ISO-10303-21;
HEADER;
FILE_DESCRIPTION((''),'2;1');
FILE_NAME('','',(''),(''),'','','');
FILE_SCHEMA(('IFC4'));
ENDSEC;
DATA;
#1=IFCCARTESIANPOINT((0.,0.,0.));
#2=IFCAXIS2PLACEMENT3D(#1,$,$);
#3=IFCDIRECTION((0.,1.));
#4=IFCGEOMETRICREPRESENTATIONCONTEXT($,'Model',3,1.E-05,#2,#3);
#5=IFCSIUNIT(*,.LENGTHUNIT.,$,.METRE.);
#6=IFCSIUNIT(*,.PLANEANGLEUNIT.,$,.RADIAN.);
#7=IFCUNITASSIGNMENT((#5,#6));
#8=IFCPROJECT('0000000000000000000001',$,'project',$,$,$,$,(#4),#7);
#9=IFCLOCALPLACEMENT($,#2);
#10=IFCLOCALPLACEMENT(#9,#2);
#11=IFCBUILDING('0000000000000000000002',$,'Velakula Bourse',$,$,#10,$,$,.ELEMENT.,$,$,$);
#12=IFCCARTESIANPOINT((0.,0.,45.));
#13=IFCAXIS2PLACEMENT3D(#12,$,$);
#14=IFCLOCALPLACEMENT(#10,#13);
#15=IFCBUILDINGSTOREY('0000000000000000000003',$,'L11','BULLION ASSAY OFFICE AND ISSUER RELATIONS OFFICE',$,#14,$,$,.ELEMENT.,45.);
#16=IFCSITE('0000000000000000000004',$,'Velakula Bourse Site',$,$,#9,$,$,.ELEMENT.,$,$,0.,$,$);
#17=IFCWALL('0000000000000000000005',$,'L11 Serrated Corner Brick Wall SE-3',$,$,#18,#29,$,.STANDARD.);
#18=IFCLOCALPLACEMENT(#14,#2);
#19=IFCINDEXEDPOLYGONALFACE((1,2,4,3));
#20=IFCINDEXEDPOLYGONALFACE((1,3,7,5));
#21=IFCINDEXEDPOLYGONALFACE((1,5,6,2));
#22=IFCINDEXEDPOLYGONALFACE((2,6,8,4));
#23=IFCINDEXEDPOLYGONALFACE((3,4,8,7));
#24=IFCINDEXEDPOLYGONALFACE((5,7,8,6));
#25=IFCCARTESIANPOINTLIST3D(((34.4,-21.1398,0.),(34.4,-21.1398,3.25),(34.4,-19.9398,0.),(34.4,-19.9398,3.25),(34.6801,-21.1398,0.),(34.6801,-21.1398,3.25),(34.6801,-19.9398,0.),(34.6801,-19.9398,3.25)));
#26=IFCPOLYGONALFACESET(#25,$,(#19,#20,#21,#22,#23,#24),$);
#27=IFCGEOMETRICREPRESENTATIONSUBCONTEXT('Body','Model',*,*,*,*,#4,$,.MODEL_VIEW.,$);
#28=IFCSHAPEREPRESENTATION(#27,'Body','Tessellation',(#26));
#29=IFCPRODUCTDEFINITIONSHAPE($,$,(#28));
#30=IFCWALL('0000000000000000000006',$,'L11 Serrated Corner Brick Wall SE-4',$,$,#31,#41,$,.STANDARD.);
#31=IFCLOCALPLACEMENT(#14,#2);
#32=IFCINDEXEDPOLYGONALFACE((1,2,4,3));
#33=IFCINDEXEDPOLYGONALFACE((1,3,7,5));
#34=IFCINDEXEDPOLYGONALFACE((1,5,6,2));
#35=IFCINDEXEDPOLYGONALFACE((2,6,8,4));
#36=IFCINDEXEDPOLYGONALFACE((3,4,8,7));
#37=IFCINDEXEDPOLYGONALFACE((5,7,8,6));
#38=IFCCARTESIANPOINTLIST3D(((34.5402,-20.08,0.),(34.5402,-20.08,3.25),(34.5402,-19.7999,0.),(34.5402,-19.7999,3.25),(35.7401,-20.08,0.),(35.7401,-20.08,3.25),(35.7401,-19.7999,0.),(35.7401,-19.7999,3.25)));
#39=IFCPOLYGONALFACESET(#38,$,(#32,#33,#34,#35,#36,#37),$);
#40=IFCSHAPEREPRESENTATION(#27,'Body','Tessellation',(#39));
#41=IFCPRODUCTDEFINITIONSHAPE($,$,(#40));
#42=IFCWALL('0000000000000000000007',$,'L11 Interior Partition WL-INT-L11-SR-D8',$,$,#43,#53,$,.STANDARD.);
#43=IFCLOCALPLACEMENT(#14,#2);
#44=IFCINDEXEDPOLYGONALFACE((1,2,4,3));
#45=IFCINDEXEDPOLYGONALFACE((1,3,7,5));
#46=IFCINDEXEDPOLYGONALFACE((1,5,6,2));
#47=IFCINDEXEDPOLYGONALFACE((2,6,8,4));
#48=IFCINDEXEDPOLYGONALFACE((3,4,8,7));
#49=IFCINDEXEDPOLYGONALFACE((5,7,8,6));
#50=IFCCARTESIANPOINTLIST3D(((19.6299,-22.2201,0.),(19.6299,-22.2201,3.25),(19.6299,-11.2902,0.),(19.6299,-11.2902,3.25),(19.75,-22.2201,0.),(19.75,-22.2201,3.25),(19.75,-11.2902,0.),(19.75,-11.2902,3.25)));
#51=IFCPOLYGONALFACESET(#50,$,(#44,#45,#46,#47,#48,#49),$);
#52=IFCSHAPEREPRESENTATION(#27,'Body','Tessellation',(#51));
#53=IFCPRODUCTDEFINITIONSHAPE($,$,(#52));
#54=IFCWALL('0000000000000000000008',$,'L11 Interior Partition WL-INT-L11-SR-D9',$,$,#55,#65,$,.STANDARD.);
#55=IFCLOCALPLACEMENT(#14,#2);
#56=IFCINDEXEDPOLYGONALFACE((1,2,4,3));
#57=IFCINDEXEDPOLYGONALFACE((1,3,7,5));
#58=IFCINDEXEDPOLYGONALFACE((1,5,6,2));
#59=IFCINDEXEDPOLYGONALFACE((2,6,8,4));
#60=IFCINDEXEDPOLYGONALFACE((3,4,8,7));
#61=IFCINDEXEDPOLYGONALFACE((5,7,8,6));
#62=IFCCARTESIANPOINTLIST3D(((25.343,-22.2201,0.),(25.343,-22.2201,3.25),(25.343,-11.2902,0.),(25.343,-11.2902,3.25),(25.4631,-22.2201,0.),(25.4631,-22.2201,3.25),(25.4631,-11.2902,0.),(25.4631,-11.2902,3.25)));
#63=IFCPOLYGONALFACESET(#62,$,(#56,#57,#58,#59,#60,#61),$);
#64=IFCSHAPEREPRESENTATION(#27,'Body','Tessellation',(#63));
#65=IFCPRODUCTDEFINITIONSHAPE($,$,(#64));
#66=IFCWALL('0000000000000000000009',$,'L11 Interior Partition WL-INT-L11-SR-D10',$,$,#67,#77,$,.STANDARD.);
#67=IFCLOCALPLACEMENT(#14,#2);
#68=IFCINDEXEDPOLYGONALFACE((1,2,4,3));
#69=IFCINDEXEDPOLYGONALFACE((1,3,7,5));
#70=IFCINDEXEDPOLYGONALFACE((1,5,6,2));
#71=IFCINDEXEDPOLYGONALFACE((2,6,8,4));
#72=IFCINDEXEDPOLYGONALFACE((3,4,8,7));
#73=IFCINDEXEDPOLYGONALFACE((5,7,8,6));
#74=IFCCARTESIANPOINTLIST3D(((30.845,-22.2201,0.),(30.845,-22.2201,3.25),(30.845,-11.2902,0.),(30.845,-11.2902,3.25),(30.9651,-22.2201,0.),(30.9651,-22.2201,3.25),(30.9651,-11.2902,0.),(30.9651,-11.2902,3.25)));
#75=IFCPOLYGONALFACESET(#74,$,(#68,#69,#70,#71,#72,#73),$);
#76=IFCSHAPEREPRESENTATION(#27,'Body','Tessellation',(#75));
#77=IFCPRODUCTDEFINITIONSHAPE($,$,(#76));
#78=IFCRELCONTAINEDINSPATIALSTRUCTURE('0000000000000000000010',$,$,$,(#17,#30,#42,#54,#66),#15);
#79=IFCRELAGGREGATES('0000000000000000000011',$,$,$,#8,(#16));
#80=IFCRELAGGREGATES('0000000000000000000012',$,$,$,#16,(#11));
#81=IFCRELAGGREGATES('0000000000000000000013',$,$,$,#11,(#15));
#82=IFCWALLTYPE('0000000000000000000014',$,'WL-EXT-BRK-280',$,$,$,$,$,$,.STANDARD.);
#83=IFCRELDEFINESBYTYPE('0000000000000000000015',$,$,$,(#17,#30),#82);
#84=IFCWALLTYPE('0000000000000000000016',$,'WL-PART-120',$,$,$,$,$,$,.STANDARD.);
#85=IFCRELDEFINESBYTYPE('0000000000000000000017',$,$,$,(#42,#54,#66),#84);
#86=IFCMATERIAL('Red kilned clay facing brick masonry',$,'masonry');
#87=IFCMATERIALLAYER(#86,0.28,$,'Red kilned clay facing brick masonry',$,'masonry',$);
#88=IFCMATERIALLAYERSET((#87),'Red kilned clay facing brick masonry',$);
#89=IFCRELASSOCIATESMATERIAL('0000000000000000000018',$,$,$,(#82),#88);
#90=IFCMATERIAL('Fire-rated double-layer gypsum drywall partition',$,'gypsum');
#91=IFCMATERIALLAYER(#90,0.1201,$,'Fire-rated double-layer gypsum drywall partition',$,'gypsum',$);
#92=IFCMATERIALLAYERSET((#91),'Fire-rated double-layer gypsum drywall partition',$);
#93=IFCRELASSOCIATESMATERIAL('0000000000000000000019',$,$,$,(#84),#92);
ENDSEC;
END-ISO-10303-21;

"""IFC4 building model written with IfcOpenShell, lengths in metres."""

from ifc_helpers import new_model, si_unit, direction, frame, frame_2d, origin, place, context, subcontext, project, spatial, rectangle, extrude, material, layer, layer_set, type_object, element, save


model = new_model("IFC4")

# Units and contexts
model_context = context("Model", 3, precision=1e-05, world=origin(), true_north=direction((0.0, 1.0)))
body_context = subcontext(model_context, "Body", "Model", "MODEL_VIEW")
ifc_project = project(units=[si_unit("LENGTHUNIT", "METRE"), si_unit("PLANEANGLEUNIT", "RADIAN")], contexts=[model_context])

# Site, building, storey
site_placement = place(None, origin())
site = spatial("IfcSite", under=ifc_project, at=site_placement, Name="Velakula Bourse Site", CompositionType="ELEMENT", RefElevation=0.0)
building_placement = place(site_placement, origin())
building = spatial("IfcBuilding", under=site, at=building_placement, Name="Velakula Bourse", CompositionType="ELEMENT")
storey_placement = place(building_placement, frame((0.0, 0.0, 45.0)))
storey = spatial("IfcBuildingStorey", under=building, at=storey_placement, Name="L11", Description="BULLION ASSAY OFFICE AND ISSUER RELATIONS OFFICE", CompositionType="ELEMENT", Elevation=45.0)

# Shared definitions
ifc_material_1 = material(Name="Red kilned clay facing brick masonry", Category="masonry")
ifc_layer_1 = layer(ifc_material_1, 0.28, Name="Red kilned clay facing brick masonry", Category="masonry")
ifc_layer_set_1 = layer_set([ifc_layer_1], Name="Red kilned clay facing brick masonry")
wall_type_1 = type_object("IfcWallType", Name="WL-EXT-BRK-280", PredefinedType="STANDARD", material=ifc_layer_set_1)

# Walls
for number, where, z_axis, x_axis, name in (
    (1, (34.54, -21.1399, 0.0), (0.0, 0.0, 1.0), (0.0, 1.0, 0.0), "L11 Serrated Corner Brick Wall SE-3"),
    (2, (34.54, -19.9399, 0.0), (0.0, 0.0, 1.0), (1.0, 0.0, 0.0), "L11 Serrated Corner Brick Wall SE-4"),
):
    element("IfcWall", number, at=place(storey_placement, frame(where, z_axis=z_axis, x_axis=x_axis)), inside=storey, type_object=wall_type_1, Name=name, PredefinedType="STANDARD", context=body_context, shape_type="SweptSolid", body=[
        extrude(rectangle(XDim=1.2, YDim=0.28, at=frame_2d((0.6001, 0.0))), origin(), (0.0, 0.0, 1.0), 3.25),
    ])
ifc_material_2 = material(Name="Fire-rated double-layer gypsum drywall partition", Category="gypsum")
ifc_layer_2 = layer(ifc_material_2, 0.1201, Name="Fire-rated double-layer gypsum drywall partition", Category="gypsum")
ifc_layer_set_2 = layer_set([ifc_layer_2], Name="Fire-rated double-layer gypsum drywall partition")
wall_type_2 = type_object("IfcWallType", Name="WL-PART-120", PredefinedType="STANDARD", material=ifc_layer_set_2)
for number, where, z_axis, x_axis, name in (
    (3, (19.6899, -22.22, 0.0), (0.0, 0.0, 1.0), (0.0, 1.0, 0.0), "L11 Interior Partition WL-INT-L11-SR-D8"),
    (4, (25.4031, -22.22, 0.0), (0.0, 0.0, 1.0), (0.0, 1.0, 0.0), "L11 Interior Partition WL-INT-L11-SR-D9"),
    (5, (30.905, -22.22, 0.0), (0.0, 0.0, 1.0), (0.0, 1.0, 0.0), "L11 Interior Partition WL-INT-L11-SR-D10"),
):
    element("IfcWall", number, at=place(storey_placement, frame(where, z_axis=z_axis, x_axis=x_axis)), inside=storey, type_object=wall_type_2, Name=name, PredefinedType="STANDARD", context=body_context, shape_type="SweptSolid", body=[
        extrude(rectangle(XDim=10.9299, YDim=0.1201, at=frame_2d((5.4648, 0.0))), origin(), (0.0, 0.0, 1.0), 3.25),
    ])

save(model, "model.ifc")
